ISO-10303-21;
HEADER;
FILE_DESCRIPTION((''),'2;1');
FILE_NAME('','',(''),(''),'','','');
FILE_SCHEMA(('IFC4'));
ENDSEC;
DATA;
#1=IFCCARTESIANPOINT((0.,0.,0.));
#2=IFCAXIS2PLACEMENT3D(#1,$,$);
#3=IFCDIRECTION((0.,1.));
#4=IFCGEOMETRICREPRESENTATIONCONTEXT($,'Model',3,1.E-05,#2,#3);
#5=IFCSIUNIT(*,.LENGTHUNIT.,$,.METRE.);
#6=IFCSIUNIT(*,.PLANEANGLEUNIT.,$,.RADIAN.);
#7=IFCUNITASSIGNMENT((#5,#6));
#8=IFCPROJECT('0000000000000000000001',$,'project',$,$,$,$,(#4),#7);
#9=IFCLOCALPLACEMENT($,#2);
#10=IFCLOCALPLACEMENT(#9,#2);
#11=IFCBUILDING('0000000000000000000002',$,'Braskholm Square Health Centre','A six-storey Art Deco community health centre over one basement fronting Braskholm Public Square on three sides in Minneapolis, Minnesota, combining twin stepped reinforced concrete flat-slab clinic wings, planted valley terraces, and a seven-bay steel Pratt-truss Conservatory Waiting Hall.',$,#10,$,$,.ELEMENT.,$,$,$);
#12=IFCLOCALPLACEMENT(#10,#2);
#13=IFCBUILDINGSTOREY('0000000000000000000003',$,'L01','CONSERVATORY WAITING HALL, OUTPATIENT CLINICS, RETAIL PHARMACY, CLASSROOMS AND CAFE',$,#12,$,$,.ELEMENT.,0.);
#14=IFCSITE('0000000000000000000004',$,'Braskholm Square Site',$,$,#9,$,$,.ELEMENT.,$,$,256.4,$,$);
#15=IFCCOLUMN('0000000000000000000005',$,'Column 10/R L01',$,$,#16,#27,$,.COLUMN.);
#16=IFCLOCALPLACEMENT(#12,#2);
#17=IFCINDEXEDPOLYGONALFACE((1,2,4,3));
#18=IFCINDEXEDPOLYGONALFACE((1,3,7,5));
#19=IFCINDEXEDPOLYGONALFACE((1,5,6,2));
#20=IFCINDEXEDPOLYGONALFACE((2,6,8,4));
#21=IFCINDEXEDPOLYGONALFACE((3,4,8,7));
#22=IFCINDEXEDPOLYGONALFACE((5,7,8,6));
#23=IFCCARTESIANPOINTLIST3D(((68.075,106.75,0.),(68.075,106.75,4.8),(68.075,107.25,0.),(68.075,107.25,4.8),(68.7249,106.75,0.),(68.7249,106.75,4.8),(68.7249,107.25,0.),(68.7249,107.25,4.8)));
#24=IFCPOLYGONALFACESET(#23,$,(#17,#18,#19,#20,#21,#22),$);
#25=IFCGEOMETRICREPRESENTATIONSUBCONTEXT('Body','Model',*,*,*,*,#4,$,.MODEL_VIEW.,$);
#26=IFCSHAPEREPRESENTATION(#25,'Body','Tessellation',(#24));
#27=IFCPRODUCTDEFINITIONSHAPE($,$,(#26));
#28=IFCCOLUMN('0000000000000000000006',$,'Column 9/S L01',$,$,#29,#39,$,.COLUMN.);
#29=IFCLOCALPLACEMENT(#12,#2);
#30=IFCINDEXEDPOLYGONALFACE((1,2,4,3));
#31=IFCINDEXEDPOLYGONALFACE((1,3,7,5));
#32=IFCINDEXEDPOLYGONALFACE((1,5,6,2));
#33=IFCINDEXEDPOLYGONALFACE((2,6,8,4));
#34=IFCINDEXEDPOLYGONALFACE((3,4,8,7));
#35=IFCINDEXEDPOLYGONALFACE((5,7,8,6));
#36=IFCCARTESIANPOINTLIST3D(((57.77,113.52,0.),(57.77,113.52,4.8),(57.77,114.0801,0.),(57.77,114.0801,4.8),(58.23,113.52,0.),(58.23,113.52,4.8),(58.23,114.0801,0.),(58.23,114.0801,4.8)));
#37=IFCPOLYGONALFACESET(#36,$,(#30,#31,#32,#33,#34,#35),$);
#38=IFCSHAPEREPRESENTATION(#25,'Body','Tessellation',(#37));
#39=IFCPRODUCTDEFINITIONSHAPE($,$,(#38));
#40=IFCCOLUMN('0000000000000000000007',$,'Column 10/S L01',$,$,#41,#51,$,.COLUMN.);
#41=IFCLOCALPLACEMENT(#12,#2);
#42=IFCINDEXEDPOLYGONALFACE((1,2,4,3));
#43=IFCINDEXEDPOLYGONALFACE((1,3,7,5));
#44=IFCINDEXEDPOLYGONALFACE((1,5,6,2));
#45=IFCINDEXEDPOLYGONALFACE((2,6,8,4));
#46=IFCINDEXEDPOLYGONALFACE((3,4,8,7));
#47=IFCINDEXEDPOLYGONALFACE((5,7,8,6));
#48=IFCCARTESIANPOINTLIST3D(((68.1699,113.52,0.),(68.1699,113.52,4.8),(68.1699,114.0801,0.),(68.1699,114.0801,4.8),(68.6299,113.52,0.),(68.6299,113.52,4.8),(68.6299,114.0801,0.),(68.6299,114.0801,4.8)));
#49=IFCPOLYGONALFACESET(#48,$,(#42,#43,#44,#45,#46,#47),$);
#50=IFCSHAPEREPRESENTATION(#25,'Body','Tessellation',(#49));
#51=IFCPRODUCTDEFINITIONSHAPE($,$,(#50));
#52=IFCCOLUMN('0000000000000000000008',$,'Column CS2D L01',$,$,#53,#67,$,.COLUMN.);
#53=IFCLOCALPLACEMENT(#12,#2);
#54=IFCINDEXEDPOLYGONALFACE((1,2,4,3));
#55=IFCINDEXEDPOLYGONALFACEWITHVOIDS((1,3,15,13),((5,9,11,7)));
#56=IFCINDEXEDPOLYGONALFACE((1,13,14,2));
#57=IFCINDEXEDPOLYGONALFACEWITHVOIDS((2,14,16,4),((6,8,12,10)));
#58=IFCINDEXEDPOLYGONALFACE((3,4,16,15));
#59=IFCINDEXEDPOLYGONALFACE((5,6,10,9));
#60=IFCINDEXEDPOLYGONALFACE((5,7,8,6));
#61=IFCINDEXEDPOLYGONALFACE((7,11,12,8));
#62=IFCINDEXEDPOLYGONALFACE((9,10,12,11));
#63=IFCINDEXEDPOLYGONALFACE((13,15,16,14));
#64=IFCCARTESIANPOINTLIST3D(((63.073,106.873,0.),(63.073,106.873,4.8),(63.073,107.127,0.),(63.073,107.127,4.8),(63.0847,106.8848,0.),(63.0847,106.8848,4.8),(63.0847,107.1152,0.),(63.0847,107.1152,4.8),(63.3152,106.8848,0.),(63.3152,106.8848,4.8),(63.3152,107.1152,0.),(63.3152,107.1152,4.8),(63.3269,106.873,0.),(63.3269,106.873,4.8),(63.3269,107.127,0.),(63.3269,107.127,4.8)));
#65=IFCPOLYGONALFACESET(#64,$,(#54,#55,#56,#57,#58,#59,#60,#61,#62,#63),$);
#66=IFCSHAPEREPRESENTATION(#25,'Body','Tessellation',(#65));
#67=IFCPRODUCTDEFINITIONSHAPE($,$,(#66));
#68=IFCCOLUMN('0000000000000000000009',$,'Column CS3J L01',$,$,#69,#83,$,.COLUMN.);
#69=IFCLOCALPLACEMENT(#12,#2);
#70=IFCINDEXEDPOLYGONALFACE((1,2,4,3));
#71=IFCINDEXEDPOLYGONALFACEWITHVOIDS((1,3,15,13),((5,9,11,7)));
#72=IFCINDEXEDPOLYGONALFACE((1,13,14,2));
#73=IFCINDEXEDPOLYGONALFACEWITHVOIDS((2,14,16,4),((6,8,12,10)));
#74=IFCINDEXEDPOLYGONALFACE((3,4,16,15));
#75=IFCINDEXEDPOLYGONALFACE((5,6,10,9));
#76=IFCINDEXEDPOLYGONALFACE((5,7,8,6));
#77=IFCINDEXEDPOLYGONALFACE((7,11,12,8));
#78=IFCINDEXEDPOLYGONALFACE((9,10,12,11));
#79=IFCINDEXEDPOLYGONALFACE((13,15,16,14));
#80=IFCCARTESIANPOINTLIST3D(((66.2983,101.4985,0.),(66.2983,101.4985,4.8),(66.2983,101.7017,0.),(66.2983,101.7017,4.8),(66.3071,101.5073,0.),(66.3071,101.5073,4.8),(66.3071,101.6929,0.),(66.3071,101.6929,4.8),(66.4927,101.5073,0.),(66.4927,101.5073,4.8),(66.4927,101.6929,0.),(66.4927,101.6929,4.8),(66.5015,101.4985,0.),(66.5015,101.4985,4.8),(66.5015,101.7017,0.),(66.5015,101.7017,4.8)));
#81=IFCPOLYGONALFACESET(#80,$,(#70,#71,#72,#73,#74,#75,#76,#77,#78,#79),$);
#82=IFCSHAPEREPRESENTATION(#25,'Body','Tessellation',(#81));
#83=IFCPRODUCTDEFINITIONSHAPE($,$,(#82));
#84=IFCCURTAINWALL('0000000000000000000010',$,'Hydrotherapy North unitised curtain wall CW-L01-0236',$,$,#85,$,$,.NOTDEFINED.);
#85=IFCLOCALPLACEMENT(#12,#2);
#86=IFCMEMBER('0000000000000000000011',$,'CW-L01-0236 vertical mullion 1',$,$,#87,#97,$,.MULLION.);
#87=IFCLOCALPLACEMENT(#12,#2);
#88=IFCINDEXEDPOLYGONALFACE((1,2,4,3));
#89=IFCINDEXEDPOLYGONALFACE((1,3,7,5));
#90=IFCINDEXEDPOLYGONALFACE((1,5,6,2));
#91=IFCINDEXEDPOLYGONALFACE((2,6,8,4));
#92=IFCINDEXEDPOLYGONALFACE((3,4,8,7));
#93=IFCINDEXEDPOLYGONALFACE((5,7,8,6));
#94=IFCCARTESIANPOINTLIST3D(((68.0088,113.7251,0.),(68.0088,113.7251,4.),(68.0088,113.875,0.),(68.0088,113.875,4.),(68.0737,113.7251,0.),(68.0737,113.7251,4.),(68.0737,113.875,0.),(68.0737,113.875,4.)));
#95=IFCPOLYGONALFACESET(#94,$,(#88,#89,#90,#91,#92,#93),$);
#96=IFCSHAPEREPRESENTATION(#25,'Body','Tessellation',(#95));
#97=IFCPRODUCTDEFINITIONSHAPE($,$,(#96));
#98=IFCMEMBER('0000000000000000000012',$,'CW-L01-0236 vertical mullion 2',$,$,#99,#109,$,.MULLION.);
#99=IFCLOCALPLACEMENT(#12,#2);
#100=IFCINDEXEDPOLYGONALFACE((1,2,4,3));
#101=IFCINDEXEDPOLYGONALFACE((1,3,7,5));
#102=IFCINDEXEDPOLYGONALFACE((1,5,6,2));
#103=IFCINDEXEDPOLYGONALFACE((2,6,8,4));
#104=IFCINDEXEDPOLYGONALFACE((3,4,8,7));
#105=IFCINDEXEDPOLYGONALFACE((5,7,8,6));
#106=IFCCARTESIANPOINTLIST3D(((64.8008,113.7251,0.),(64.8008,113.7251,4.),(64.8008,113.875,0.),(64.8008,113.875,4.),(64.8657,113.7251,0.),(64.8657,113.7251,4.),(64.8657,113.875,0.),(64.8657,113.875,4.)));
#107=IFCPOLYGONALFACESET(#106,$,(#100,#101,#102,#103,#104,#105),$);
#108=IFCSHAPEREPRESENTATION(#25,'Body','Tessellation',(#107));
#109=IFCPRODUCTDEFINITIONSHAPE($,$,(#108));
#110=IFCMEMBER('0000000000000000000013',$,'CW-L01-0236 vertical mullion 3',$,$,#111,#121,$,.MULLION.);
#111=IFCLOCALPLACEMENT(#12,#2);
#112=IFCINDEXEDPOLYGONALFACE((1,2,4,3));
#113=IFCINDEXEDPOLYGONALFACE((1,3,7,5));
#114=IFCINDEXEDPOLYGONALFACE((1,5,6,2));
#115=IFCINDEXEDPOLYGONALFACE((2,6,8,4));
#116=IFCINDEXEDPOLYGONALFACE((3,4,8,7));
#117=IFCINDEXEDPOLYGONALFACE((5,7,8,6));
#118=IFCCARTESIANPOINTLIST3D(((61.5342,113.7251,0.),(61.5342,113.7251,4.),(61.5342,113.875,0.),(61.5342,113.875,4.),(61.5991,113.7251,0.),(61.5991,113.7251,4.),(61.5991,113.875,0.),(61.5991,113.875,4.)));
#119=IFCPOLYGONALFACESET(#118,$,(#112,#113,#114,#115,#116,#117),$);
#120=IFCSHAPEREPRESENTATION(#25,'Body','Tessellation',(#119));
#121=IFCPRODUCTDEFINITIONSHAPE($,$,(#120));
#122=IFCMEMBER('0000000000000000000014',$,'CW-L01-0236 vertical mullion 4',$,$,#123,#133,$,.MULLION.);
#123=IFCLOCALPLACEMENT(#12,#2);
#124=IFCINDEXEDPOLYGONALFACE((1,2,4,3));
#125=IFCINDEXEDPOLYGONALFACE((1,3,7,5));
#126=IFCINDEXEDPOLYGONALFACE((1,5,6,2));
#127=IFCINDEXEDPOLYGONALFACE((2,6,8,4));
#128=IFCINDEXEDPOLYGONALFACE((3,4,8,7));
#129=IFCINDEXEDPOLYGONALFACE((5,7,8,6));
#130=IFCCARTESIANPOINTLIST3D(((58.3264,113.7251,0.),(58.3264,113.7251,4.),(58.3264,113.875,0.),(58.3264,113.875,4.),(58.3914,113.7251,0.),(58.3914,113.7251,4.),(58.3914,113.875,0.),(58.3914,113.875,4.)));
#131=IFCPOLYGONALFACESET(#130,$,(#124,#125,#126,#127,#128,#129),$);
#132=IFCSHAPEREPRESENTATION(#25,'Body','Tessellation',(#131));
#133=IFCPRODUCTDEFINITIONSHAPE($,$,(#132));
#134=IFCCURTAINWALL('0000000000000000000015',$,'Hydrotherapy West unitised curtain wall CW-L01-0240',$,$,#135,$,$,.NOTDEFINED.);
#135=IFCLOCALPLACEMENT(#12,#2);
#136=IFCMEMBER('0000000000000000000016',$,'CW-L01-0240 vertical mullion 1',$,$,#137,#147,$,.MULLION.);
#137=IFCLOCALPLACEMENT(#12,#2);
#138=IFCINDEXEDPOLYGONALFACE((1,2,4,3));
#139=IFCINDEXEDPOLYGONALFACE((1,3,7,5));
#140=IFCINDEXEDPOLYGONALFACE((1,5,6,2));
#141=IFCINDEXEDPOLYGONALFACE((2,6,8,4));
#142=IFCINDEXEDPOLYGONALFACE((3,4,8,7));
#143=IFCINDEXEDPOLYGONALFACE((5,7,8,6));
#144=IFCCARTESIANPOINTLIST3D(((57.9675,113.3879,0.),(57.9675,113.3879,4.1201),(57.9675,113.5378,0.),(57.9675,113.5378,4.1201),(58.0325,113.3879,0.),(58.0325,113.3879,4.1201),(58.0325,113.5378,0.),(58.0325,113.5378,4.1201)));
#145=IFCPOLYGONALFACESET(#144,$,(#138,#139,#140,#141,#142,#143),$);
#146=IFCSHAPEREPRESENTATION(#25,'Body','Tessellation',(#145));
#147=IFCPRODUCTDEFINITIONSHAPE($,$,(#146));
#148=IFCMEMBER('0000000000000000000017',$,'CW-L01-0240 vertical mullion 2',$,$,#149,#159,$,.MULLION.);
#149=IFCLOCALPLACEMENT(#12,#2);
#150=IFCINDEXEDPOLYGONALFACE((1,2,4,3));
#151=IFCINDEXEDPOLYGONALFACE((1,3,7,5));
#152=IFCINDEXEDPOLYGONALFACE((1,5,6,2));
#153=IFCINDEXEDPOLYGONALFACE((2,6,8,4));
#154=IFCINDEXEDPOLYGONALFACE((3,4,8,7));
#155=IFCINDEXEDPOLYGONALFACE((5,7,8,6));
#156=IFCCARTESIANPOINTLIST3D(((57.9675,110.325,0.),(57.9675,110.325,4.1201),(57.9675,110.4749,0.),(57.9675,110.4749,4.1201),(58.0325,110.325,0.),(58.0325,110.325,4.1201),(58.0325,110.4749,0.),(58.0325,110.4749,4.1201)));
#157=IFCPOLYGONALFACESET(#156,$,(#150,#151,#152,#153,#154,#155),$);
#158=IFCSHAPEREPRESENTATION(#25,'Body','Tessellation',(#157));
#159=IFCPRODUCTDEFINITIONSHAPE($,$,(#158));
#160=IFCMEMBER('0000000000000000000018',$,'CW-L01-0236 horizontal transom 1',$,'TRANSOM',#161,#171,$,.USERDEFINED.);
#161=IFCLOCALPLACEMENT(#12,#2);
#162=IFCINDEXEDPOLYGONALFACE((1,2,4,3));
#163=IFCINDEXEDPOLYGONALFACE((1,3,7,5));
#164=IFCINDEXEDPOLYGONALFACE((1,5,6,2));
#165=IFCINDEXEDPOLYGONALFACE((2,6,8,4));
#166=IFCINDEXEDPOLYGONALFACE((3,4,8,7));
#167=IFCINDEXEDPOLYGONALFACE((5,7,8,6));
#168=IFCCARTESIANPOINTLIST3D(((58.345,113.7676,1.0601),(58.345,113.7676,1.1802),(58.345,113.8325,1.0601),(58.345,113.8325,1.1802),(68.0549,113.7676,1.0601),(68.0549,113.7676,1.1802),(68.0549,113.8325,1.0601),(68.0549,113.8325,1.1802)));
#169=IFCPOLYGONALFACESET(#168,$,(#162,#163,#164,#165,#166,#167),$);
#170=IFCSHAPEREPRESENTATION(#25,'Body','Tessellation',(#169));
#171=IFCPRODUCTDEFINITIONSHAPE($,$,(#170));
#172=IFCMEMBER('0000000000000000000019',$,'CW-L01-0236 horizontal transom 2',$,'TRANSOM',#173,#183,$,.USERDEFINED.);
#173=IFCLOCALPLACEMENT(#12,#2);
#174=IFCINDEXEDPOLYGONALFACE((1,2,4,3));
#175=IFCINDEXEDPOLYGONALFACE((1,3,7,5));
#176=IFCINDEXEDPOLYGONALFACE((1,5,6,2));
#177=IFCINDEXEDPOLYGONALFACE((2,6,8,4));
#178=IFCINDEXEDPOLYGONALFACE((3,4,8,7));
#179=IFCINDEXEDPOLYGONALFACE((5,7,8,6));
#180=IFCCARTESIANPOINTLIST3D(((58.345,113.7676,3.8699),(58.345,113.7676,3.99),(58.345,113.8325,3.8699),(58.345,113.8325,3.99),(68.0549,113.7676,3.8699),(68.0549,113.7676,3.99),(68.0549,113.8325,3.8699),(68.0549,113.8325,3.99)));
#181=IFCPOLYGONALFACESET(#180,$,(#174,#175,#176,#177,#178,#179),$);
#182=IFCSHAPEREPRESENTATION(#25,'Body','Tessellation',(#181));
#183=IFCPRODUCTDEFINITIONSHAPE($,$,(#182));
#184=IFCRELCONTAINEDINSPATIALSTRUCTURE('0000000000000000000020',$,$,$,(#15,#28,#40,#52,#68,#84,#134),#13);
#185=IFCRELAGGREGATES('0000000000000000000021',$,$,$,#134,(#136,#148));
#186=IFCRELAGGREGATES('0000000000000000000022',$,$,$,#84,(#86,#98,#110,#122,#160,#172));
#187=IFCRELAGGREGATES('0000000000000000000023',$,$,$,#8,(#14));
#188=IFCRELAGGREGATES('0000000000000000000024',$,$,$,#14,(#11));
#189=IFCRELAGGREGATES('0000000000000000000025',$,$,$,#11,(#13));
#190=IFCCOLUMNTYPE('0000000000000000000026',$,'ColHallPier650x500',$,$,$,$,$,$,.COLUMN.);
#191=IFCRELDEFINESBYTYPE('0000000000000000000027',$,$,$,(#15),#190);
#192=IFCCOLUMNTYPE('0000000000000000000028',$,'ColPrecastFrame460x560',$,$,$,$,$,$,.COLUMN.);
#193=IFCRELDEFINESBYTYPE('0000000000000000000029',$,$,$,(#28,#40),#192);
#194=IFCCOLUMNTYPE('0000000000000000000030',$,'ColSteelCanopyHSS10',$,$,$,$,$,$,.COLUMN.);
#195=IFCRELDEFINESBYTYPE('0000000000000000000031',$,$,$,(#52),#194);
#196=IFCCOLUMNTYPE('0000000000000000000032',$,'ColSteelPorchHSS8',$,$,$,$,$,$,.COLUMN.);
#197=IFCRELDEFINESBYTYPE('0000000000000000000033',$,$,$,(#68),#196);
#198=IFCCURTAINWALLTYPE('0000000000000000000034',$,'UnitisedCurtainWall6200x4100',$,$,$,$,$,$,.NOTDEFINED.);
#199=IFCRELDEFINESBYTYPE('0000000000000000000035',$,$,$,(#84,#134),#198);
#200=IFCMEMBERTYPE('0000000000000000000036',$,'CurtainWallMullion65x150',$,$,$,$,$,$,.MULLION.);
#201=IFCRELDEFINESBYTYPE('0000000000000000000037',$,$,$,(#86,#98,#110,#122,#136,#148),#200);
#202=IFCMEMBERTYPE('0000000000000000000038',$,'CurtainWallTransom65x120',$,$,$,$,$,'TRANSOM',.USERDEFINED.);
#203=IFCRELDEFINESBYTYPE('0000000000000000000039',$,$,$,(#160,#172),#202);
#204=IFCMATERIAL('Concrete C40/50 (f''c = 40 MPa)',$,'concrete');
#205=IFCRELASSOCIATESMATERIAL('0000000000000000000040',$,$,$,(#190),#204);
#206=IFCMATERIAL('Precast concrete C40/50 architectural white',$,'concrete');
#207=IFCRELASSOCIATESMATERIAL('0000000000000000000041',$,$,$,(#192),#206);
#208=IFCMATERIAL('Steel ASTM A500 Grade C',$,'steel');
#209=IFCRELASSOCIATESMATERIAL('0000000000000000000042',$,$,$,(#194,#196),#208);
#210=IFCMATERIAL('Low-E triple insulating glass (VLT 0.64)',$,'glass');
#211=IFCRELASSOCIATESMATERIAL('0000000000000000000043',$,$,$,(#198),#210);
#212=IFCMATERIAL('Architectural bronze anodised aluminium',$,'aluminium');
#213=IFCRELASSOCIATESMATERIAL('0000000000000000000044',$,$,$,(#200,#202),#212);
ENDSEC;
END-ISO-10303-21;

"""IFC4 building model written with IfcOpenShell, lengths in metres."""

from ifc_helpers import new_model, si_unit, direction, frame, origin, origin_2d, place, context, subcontext, project, spatial, rectangle, hollow_rectangle, extrude, material, material_profile, profile_set, type_object, element, aggregate, save


model = new_model("IFC4")

# Units and contexts
model_context = context("Model", 3, precision=1e-05, world=origin(), true_north=direction((0.0, 1.0)))
body_context = subcontext(model_context, "Body", "Model", "MODEL_VIEW")
ifc_project = project(units=[si_unit("LENGTHUNIT", "METRE"), si_unit("PLANEANGLEUNIT", "RADIAN")], contexts=[model_context])

# Site, building, storey
site_placement = place(None, origin())
site = spatial("IfcSite", under=ifc_project, at=site_placement, Name="Braskholm Square Site", CompositionType="ELEMENT", RefElevation=256.4)
building_placement = place(site_placement, origin())
building = spatial("IfcBuilding", under=site, at=building_placement, Name="Braskholm Square Health Centre", Description="A six-storey Art Deco community health centre over one basement fronting Braskholm Public Square on three sides in Minneapolis, Minnesota, combining twin stepped reinforced concrete flat-slab clinic wings, planted valley terraces, and a seven-bay steel Pratt-truss Conservatory Waiting Hall.", CompositionType="ELEMENT")
storey_placement = place(building_placement, origin())
storey = spatial("IfcBuildingStorey", under=building, at=storey_placement, Name="L01", Description="CONSERVATORY WAITING HALL, OUTPATIENT CLINICS, RETAIL PHARMACY, CLASSROOMS AND CAFE", CompositionType="ELEMENT", Elevation=0.0)

# Columns
ifc_material_1 = material(Name="Concrete C40/50 (f'c = 40 MPa)", Category="concrete")
ifc_material_profile_1 = material_profile(ifc_material_1, rectangle(XDim=0.6499, YDim=0.5, at=origin_2d()), Name="RC-650X500")
ifc_profile_set_1 = profile_set([ifc_material_profile_1], Name="Concrete C40/50 (f'c = 40 MPa)")
column_type_1 = type_object("IfcColumnType", Name="ColHallPier650x500", PredefinedType="COLUMN", material=ifc_profile_set_1)
column_1_placement = place(storey_placement, frame((68.3999, 107.0, 0.0), z_axis=(0.0, 0.0, 1.0), x_axis=(1.0, 0.0, 0.0)))
element("IfcColumn", 1, at=column_1_placement, inside=storey, type_object=column_type_1, Name="Column 10/R L01", PredefinedType="COLUMN", context=body_context, shape_type="SweptSolid", body=[
    extrude(rectangle(XDim=0.6499, YDim=0.5, at=origin_2d()), origin(), (0.0, 0.0, 1.0), 4.8),
])
ifc_material_2 = material(Name="Precast concrete C40/50 architectural white", Category="concrete")
ifc_material_profile_2 = material_profile(ifc_material_2, rectangle(XDim=0.46, YDim=0.5601, at=origin_2d()), Name="RC-460X560")
ifc_profile_set_2 = profile_set([ifc_material_profile_2], Name="Precast concrete C40/50 architectural white")
column_type_2 = type_object("IfcColumnType", Name="ColPrecastFrame460x560", PredefinedType="COLUMN", material=ifc_profile_set_2)
for number, where, z_axis, x_axis, name in (
    (2, (58.0, 113.8, 0.0), (0.0, 0.0, 1.0), (1.0, 0.0, 0.0), "Column 9/S L01"),
    (3, (68.3999, 113.8, 0.0), (0.0, 0.0, 1.0), (1.0, 0.0, 0.0), "Column 10/S L01"),
):
    element("IfcColumn", number, at=place(storey_placement, frame(where, z_axis=z_axis, x_axis=x_axis)), inside=storey, type_object=column_type_2, Name=name, PredefinedType="COLUMN", context=body_context, shape_type="SweptSolid", body=[
        extrude(rectangle(XDim=0.46, YDim=0.5601, at=origin_2d()), origin(), (0.0, 0.0, 1.0), 4.8),
    ])
ifc_material_3 = material(Name="Steel ASTM A500 Grade C", Category="steel")
ifc_material_profile_3 = material_profile(ifc_material_3, hollow_rectangle(XDim=0.2539, YDim=0.2539, WallThickness=0.0117, at=origin_2d()), Name="HSS10X10X1/2")
ifc_profile_set_3 = profile_set([ifc_material_profile_3], Name="Steel ASTM A500 Grade C")
column_type_3 = type_object("IfcColumnType", Name="ColSteelCanopyHSS10", PredefinedType="COLUMN", material=ifc_profile_set_3)
column_2_placement = place(storey_placement, frame((63.2, 107.0, 0.0), z_axis=(0.0, 0.0, 1.0), x_axis=(1.0, 0.0, 0.0)))
element("IfcColumn", 4, at=column_2_placement, inside=storey, type_object=column_type_3, Name="Column CS2D L01", PredefinedType="COLUMN", context=body_context, shape_type="SweptSolid", body=[
    extrude(hollow_rectangle(XDim=0.2539, YDim=0.2539, WallThickness=0.0117, at=origin_2d()), origin(), (0.0, 0.0, 1.0), 4.8),
])
ifc_material_profile_4 = material_profile(ifc_material_3, hollow_rectangle(XDim=0.2031, YDim=0.2031, WallThickness=0.0088, at=origin_2d()), Name="HSS8X8X3/8")
ifc_profile_set_4 = profile_set([ifc_material_profile_4], Name="Steel ASTM A500 Grade C")
column_type_4 = type_object("IfcColumnType", Name="ColSteelPorchHSS8", PredefinedType="COLUMN", material=ifc_profile_set_4)
column_3_placement = place(storey_placement, frame((66.3999, 101.6001, 0.0), z_axis=(0.0, 0.0, 1.0), x_axis=(1.0, 0.0, 0.0)))
element("IfcColumn", 5, at=column_3_placement, inside=storey, type_object=column_type_4, Name="Column CS3J L01", PredefinedType="COLUMN", context=body_context, shape_type="SweptSolid", body=[
    extrude(hollow_rectangle(XDim=0.2031, YDim=0.2031, WallThickness=0.0088, at=origin_2d()), origin(), (0.0, 0.0, 1.0), 4.8),
])

# Curtain walls, members
ifc_material_4 = material(Name="Low-E triple insulating glass (VLT 0.64)", Category="glass")
curtain_wall_type = type_object("IfcCurtainWallType", Name="UnitisedCurtainWall6200x4100", PredefinedType="NOTDEFINED", material=ifc_material_4)
curtain_wall_1_placement = place(storey_placement, origin())
curtain_wall_1 = element("IfcCurtainWall", 6, at=curtain_wall_1_placement, inside=storey, type_object=curtain_wall_type, Name="Hydrotherapy North unitised curtain wall CW-L01-0236", PredefinedType="NOTDEFINED")
ifc_material_5 = material(Name="Architectural bronze anodised aluminium", Category="aluminium")
ifc_material_profile_5 = material_profile(ifc_material_5, rectangle(XDim=0.0649, YDim=0.1499, at=origin_2d()), Name="ALU-65X150")
ifc_profile_set_5 = profile_set([ifc_material_profile_5], Name="Architectural bronze anodised aluminium")
member_type_1 = type_object("IfcMemberType", Name="CurtainWallMullion65x150", PredefinedType="MULLION", material=ifc_profile_set_5)
member_1_placement = place(storey_placement, frame((68.0413, 113.8, 0.0), z_axis=(0.0, 0.0, 1.0), x_axis=(1.0, 0.0, 0.0)))
member_1 = element("IfcMember", 7, at=member_1_placement, type_object=member_type_1, Name="CW-L01-0236 vertical mullion 1", PredefinedType="MULLION", context=body_context, shape_type="SweptSolid", body=[
    extrude(rectangle(XDim=0.0649, YDim=0.1499, at=origin_2d()), origin(), (0.0, 0.0, 1.0), 4.0),
])
member_2_placement = place(storey_placement, frame((64.8333, 113.8, 0.0), z_axis=(0.0, 0.0, 1.0), x_axis=(1.0, 0.0, 0.0)))
member_2 = element("IfcMember", 8, at=member_2_placement, type_object=member_type_1, Name="CW-L01-0236 vertical mullion 2", PredefinedType="MULLION", context=body_context, shape_type="SweptSolid", body=[
    extrude(rectangle(XDim=0.0649, YDim=0.1499, at=origin_2d()), origin(), (0.0, 0.0, 1.0), 4.0),
])
member_3_placement = place(storey_placement, frame((61.5667, 113.8, 0.0), z_axis=(0.0, 0.0, 1.0), x_axis=(1.0, 0.0, 0.0)))
member_3 = element("IfcMember", 9, at=member_3_placement, type_object=member_type_1, Name="CW-L01-0236 vertical mullion 3", PredefinedType="MULLION", context=body_context, shape_type="SweptSolid", body=[
    extrude(rectangle(XDim=0.0649, YDim=0.1499, at=origin_2d()), origin(), (0.0, 0.0, 1.0), 4.0),
])
member_4_placement = place(storey_placement, frame((58.3589, 113.8, 0.0), z_axis=(0.0, 0.0, 1.0), x_axis=(1.0, 0.0, 0.0)))
member_4 = element("IfcMember", 10, at=member_4_placement, type_object=member_type_1, Name="CW-L01-0236 vertical mullion 4", PredefinedType="MULLION", context=body_context, shape_type="SweptSolid", body=[
    extrude(rectangle(XDim=0.0649, YDim=0.1499, at=origin_2d()), origin(), (0.0, 0.0, 1.0), 4.0),
])
curtain_wall_2_placement = place(storey_placement, origin())
curtain_wall_2 = element("IfcCurtainWall", 11, at=curtain_wall_2_placement, inside=storey, type_object=curtain_wall_type, Name="Hydrotherapy West unitised curtain wall CW-L01-0240", PredefinedType="NOTDEFINED")
member_5_placement = place(storey_placement, frame((58.0, 113.4629, 0.0), z_axis=(0.0, 0.0, 1.0), x_axis=(1.0, 0.0, 0.0)))
member_5 = element("IfcMember", 12, at=member_5_placement, type_object=member_type_1, Name="CW-L01-0240 vertical mullion 1", PredefinedType="MULLION", context=body_context, shape_type="SweptSolid", body=[
    extrude(rectangle(XDim=0.0649, YDim=0.1499, at=origin_2d()), origin(), (0.0, 0.0, 1.0), 4.1201),
])
member_6_placement = place(storey_placement, frame((58.0, 110.3999, 0.0), z_axis=(0.0, 0.0, 1.0), x_axis=(1.0, 0.0, 0.0)))
member_6 = element("IfcMember", 13, at=member_6_placement, type_object=member_type_1, Name="CW-L01-0240 vertical mullion 2", PredefinedType="MULLION", context=body_context, shape_type="SweptSolid", body=[
    extrude(rectangle(XDim=0.0649, YDim=0.1499, at=origin_2d()), origin(), (0.0, 0.0, 1.0), 4.1201),
])

# Members
ifc_material_profile_6 = material_profile(ifc_material_5, rectangle(XDim=0.0649, YDim=0.1201, at=origin_2d()), Name="ALU-65X120")
ifc_profile_set_6 = profile_set([ifc_material_profile_6], Name="Architectural bronze anodised aluminium")
member_type_2 = type_object("IfcMemberType", Name="CurtainWallTransom65x120", ElementType="TRANSOM", PredefinedType="USERDEFINED", material=ifc_profile_set_6)
member_7_placement = place(storey_placement, frame((68.0549, 113.8, 1.1201), z_axis=(-1.0, 0.0, 0.0), x_axis=(0.0, -1.0, 0.0)))
member_7 = element("IfcMember", 14, at=member_7_placement, type_object=member_type_2, Name="CW-L01-0236 horizontal transom 1", ObjectType="TRANSOM", PredefinedType="USERDEFINED", context=body_context, shape_type="SweptSolid", body=[
    extrude(rectangle(XDim=0.0649, YDim=0.1201, at=origin_2d()), origin(), (0.0, 0.0, 1.0), 9.71),
])
member_8_placement = place(storey_placement, frame((68.0549, 113.8, 3.9299), z_axis=(-1.0, 0.0, 0.0), x_axis=(0.0, -1.0, 0.0)))
member_8 = element("IfcMember", 15, at=member_8_placement, type_object=member_type_2, Name="CW-L01-0236 horizontal transom 2", ObjectType="TRANSOM", PredefinedType="USERDEFINED", context=body_context, shape_type="SweptSolid", body=[
    extrude(rectangle(XDim=0.0649, YDim=0.1201, at=origin_2d()), origin(), (0.0, 0.0, 1.0), 9.71),
])

aggregate(curtain_wall_2, [member_5, member_6])
aggregate(curtain_wall_1, [member_1, member_2, member_3, member_4, member_7, member_8])

save(model, "model.ifc")
